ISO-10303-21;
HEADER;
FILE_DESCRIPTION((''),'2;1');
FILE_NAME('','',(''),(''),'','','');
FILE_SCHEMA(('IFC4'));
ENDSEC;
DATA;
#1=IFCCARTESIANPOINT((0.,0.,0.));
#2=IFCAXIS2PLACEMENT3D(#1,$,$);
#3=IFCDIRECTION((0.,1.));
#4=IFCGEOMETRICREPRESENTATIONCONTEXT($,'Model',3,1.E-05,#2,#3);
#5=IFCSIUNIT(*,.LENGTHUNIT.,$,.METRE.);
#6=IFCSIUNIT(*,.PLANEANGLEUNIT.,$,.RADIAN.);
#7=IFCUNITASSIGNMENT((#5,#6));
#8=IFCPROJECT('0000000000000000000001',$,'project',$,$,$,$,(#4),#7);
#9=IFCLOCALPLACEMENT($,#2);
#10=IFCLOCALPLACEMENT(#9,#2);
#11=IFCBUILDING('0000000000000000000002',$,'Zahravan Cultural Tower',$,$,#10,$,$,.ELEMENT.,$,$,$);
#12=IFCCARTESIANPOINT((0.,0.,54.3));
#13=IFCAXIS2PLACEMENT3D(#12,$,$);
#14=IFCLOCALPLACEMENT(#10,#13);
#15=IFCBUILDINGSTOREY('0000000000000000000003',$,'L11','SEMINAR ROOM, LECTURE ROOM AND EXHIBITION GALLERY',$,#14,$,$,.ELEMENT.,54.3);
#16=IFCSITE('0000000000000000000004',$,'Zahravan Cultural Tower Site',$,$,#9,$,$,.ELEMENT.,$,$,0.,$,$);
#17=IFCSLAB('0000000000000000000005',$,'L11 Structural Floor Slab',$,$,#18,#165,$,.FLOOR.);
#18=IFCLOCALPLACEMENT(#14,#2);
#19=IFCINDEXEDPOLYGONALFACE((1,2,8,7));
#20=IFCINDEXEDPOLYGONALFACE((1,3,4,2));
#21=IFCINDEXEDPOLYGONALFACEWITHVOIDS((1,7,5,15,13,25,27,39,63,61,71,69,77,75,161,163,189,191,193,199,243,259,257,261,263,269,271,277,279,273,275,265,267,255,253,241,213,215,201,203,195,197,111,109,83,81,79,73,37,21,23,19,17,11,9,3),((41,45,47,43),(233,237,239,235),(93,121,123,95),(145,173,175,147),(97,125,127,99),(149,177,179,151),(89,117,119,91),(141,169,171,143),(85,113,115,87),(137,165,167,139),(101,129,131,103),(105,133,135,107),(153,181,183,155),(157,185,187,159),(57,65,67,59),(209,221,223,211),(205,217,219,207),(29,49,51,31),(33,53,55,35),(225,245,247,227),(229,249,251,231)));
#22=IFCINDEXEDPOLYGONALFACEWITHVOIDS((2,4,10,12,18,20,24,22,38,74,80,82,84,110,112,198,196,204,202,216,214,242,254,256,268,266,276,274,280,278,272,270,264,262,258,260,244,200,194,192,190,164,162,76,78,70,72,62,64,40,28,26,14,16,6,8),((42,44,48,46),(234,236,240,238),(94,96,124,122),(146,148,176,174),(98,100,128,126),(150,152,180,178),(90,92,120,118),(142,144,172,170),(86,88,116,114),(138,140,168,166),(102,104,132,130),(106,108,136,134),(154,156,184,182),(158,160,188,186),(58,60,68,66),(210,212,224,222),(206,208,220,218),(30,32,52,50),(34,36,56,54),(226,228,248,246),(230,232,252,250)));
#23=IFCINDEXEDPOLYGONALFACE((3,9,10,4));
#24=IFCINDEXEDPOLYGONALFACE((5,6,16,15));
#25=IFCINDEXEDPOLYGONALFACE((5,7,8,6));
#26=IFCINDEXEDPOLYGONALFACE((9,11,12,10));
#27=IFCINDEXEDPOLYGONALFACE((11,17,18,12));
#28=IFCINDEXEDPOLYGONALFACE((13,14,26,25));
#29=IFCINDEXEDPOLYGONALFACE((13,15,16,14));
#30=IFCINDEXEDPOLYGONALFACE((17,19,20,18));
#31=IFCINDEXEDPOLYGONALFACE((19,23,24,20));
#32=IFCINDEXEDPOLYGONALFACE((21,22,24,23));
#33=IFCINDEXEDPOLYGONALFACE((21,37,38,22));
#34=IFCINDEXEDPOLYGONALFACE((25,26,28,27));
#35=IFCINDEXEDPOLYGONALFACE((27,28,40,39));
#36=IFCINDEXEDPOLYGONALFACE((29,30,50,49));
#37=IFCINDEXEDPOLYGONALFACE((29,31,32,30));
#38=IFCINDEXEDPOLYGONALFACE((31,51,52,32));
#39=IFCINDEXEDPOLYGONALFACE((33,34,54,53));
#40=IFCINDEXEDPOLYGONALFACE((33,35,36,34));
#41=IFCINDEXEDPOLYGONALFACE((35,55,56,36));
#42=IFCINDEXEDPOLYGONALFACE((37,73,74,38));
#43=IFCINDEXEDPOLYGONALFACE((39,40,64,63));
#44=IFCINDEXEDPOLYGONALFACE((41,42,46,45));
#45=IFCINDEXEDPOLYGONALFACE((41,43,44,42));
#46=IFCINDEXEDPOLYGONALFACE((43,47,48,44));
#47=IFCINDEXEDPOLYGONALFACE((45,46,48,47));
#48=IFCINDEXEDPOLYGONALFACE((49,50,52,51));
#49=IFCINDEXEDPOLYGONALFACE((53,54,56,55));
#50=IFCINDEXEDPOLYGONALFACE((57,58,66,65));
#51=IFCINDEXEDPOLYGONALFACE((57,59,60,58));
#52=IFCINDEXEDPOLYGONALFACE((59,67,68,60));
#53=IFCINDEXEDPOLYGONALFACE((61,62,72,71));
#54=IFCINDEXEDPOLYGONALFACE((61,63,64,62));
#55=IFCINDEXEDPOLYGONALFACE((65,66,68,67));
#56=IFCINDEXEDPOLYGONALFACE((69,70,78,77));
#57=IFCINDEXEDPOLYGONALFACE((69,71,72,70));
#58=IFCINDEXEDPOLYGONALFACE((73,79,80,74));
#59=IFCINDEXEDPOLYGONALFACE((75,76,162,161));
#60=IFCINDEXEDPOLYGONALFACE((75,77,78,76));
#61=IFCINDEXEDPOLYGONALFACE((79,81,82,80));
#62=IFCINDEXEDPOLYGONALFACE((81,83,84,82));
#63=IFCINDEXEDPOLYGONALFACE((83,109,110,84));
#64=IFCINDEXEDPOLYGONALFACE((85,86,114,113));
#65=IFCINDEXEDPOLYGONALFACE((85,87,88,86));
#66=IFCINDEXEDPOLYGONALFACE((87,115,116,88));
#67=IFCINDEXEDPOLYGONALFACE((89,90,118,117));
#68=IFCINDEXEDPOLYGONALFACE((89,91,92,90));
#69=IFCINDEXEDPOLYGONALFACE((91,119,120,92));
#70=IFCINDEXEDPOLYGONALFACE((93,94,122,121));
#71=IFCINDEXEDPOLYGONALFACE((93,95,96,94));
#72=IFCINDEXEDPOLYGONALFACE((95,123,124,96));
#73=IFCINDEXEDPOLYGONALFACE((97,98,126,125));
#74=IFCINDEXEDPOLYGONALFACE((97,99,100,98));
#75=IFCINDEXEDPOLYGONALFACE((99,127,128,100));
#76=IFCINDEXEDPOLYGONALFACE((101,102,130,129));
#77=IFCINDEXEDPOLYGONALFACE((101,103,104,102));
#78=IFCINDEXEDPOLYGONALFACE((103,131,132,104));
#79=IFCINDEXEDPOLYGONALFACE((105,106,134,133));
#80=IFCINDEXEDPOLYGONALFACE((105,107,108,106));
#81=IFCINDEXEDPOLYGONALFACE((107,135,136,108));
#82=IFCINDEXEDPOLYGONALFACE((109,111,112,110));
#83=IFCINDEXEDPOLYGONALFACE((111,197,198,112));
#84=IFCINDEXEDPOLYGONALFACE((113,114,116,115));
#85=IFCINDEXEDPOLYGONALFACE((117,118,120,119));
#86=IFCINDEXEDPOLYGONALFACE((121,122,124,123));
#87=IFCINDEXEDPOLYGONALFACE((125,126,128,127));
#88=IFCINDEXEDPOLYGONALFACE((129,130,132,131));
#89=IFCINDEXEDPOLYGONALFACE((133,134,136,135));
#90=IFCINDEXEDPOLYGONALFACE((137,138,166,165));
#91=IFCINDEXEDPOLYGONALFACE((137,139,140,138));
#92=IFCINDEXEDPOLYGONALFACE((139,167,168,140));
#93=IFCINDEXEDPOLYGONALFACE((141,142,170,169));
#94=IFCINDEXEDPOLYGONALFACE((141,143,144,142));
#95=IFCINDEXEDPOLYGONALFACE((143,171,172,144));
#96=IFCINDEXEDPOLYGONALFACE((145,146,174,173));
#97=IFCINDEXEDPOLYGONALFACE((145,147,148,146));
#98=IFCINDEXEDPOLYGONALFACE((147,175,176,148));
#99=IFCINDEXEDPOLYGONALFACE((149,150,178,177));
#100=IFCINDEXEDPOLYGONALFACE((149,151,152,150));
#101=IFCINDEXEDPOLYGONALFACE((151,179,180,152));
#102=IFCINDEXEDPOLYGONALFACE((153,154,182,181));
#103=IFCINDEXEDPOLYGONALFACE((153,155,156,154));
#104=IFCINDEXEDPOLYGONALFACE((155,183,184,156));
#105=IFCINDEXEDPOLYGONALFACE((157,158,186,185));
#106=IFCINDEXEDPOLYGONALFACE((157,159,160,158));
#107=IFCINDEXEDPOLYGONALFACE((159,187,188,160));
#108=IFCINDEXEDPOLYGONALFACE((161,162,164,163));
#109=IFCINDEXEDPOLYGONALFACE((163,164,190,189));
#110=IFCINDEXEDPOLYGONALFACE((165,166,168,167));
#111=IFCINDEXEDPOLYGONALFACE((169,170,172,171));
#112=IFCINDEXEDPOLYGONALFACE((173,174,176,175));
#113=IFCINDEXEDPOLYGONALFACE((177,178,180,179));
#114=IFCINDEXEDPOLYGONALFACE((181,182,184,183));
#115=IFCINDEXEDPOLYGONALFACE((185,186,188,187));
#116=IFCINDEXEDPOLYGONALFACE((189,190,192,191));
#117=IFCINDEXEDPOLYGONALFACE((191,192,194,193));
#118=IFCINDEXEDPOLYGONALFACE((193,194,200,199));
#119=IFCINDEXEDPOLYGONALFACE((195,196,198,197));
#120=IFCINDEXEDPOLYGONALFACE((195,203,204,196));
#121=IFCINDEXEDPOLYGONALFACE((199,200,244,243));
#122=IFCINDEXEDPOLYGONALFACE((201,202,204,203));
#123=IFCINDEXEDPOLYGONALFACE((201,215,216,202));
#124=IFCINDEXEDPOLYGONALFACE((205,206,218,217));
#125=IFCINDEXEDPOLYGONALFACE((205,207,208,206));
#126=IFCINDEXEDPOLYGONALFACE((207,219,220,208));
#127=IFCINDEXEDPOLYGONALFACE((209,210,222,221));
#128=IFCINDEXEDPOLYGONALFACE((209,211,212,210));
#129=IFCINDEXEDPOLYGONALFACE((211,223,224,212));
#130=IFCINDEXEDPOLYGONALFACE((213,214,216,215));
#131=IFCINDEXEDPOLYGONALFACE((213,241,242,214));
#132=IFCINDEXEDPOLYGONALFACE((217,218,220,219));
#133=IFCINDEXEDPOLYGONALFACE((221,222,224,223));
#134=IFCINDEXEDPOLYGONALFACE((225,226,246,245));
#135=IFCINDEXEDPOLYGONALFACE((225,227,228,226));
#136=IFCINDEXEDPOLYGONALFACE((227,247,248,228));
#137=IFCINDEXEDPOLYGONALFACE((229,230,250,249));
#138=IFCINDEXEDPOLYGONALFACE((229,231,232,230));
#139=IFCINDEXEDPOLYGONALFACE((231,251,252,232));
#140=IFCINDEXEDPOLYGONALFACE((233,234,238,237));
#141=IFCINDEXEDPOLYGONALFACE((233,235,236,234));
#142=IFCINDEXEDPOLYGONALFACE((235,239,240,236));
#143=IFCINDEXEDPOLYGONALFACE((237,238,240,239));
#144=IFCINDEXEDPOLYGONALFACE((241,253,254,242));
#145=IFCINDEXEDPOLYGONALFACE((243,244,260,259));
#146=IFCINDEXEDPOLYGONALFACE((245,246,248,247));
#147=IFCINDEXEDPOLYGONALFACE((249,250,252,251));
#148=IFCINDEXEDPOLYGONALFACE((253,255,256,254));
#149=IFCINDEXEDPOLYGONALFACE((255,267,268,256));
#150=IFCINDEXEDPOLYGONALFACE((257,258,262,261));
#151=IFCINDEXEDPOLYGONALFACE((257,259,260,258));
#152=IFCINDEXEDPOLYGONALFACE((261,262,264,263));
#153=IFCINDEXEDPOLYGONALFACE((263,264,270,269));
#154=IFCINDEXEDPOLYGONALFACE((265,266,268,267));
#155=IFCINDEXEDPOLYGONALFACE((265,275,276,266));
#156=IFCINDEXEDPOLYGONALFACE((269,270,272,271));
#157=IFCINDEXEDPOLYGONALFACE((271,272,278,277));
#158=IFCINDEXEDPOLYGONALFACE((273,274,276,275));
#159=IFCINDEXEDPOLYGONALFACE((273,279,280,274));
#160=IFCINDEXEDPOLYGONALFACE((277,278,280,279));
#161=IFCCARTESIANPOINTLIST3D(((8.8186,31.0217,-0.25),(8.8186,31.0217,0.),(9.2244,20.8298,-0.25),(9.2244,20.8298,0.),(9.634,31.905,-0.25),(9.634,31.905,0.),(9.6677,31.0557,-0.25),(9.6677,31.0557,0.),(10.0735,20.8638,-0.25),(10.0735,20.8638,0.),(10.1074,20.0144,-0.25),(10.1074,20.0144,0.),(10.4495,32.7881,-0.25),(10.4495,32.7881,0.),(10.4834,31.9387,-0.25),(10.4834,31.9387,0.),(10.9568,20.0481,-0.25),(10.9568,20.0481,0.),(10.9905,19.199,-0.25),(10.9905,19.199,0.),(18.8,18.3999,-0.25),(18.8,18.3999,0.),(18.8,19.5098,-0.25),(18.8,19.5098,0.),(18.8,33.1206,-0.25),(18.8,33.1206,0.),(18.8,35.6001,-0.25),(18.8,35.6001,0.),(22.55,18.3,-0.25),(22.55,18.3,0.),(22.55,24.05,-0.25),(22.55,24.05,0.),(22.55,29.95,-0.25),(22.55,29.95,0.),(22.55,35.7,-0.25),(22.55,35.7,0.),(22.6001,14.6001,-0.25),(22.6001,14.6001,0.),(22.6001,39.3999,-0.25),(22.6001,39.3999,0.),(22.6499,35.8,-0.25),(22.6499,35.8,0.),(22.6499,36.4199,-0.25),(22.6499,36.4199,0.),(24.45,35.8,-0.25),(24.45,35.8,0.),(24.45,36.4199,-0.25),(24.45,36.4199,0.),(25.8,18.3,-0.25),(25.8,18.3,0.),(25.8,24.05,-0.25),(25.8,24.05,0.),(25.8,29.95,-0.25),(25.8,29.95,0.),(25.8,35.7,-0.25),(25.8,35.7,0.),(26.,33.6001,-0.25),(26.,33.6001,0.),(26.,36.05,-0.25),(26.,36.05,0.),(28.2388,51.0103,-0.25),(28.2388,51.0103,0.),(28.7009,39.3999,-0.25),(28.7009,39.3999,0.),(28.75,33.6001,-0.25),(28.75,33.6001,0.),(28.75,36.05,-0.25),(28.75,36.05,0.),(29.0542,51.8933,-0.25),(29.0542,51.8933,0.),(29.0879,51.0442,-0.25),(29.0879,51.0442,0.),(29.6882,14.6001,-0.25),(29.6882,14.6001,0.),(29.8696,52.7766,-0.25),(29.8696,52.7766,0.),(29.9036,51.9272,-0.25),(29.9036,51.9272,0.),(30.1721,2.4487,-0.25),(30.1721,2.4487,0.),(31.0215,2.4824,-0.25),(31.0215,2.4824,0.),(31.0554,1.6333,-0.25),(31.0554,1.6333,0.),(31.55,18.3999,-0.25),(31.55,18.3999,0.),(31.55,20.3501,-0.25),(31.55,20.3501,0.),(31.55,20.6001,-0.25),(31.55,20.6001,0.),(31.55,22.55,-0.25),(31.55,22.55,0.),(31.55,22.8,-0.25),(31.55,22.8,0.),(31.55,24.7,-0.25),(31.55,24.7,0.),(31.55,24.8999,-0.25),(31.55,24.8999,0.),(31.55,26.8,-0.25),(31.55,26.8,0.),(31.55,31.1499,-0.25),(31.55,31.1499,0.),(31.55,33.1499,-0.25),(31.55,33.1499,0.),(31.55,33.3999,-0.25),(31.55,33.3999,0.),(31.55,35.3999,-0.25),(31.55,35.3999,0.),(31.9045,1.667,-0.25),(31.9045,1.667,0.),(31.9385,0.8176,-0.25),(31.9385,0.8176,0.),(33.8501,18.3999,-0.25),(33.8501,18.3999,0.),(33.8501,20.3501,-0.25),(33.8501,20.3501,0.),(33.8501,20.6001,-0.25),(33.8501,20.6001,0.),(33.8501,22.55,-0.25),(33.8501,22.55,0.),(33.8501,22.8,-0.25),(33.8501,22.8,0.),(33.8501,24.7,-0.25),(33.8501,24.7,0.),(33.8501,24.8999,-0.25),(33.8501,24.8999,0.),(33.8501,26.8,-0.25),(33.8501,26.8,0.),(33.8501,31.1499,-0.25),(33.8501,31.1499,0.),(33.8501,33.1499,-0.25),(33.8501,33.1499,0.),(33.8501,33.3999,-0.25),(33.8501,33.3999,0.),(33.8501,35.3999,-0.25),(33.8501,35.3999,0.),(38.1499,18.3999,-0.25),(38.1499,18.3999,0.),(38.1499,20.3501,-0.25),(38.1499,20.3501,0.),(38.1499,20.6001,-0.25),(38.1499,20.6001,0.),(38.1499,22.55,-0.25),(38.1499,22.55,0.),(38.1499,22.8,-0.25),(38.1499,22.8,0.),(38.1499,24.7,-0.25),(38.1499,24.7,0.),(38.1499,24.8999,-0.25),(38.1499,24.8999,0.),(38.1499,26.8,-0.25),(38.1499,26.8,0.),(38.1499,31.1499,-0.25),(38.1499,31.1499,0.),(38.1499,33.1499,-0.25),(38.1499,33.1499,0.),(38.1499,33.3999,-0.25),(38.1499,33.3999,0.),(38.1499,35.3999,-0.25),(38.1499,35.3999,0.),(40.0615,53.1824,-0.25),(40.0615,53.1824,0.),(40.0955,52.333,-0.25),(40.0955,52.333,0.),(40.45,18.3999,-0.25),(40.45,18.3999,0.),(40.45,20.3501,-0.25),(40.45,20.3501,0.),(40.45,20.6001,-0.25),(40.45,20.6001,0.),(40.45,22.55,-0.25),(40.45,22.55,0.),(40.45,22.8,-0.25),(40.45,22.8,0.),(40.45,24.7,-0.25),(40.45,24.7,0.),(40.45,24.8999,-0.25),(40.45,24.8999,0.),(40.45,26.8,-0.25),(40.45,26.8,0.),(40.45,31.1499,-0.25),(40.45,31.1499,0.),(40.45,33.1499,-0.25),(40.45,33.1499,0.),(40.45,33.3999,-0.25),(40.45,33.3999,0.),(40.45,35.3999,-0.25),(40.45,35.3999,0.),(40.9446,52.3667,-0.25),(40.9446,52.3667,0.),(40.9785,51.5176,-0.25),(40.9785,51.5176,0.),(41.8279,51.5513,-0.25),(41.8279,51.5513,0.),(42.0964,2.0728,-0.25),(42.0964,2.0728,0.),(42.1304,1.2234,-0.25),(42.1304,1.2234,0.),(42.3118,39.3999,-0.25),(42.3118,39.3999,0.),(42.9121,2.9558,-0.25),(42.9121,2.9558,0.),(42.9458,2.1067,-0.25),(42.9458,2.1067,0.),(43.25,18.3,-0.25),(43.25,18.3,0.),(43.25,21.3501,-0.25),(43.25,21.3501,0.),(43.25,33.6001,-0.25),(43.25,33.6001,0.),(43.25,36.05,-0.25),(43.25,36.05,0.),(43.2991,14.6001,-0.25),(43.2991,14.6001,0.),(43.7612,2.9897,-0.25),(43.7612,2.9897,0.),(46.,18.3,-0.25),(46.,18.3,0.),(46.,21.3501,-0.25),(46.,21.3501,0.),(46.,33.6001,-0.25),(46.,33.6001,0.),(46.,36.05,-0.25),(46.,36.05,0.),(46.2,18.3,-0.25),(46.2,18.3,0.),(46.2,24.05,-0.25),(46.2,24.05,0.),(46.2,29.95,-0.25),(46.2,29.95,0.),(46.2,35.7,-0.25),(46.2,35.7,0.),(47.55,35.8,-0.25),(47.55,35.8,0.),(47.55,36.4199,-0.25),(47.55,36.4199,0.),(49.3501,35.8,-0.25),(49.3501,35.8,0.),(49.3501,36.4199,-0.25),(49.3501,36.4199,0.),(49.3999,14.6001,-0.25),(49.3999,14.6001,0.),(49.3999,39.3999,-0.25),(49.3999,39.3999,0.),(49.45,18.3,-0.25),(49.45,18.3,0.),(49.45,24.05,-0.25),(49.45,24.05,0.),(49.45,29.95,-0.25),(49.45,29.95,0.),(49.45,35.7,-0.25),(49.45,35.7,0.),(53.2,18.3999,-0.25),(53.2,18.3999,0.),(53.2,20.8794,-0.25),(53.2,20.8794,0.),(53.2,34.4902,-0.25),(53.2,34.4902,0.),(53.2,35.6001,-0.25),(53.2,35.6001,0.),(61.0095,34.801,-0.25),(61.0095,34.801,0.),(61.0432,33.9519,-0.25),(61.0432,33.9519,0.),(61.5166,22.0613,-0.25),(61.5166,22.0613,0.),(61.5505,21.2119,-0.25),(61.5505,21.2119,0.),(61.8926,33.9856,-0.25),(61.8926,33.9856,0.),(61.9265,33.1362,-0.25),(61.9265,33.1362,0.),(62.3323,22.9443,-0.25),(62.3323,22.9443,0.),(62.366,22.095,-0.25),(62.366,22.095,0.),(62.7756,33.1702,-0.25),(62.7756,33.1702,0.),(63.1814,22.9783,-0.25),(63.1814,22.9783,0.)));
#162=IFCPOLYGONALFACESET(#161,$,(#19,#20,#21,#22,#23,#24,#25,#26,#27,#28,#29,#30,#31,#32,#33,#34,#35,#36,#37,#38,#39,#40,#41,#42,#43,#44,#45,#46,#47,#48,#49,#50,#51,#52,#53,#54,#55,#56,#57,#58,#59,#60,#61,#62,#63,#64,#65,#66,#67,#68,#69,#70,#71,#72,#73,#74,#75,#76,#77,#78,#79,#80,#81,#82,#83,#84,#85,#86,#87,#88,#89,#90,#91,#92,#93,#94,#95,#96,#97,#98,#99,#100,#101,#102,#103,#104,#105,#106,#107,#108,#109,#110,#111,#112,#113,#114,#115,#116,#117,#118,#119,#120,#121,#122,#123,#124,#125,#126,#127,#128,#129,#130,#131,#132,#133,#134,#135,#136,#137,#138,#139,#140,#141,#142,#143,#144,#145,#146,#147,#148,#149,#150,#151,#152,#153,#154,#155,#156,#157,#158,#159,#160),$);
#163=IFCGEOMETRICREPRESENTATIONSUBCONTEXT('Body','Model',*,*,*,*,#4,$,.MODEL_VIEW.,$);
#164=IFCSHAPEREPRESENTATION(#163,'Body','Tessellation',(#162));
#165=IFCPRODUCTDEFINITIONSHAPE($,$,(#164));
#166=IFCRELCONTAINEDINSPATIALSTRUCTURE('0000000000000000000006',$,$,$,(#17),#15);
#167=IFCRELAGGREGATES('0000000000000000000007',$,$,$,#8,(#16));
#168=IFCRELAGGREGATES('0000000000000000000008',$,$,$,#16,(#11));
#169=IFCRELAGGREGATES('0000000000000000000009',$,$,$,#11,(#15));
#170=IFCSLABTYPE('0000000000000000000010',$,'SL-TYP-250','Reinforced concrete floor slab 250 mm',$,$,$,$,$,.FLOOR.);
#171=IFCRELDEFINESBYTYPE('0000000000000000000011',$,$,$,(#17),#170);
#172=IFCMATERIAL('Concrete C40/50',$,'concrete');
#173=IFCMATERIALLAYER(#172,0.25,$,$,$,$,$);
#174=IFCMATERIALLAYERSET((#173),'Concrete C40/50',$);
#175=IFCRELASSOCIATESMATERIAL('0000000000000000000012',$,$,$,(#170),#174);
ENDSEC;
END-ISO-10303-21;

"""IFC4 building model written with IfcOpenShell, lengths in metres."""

from ifc_helpers import new_model, si_unit, direction, frame, origin, place, context, subcontext, project, spatial, polyline, outline, extrude, material, layer, layer_set, type_object, element, save


model = new_model("IFC4")

# Units and contexts
model_context = context("Model", 3, precision=1e-05, world=origin(), true_north=direction((0.0, 1.0)))
body_context = subcontext(model_context, "Body", "Model", "MODEL_VIEW")
ifc_project = project(units=[si_unit("LENGTHUNIT", "METRE"), si_unit("PLANEANGLEUNIT", "RADIAN")], contexts=[model_context])

# Site, building, storey
site_placement = place(None, origin())
site = spatial("IfcSite", under=ifc_project, at=site_placement, Name="Zahravan Cultural Tower Site", CompositionType="ELEMENT", RefElevation=0.0)
building_placement = place(site_placement, origin())
building = spatial("IfcBuilding", under=site, at=building_placement, Name="Zahravan Cultural Tower", CompositionType="ELEMENT")
storey_placement = place(building_placement, frame((0.0, 0.0, 54.3)))
storey = spatial("IfcBuildingStorey", under=building, at=storey_placement, Name="L11", Description="SEMINAR ROOM, LECTURE ROOM AND EXHIBITION GALLERY", CompositionType="ELEMENT", Elevation=54.3)

# Slab
ifc_material_1 = material(Name="Concrete C40/50", Category="concrete")
ifc_layer_1 = layer(ifc_material_1, 0.25)
ifc_layer_set_1 = layer_set([ifc_layer_1], Name="Concrete C40/50")
slab_type_1 = type_object("IfcSlabType", Name="SL-TYP-250", Description="Reinforced concrete floor slab 250 mm", PredefinedType="FLOOR", material=ifc_layer_set_1)
slab_1_placement = place(storey_placement, frame((0.0, 0.0, -0.25)))
element("IfcSlab", 1, at=slab_1_placement, inside=storey, type_object=slab_type_1, Name="L11 Structural Floor Slab", PredefinedType="FLOOR", context=body_context, shape_type="SweptSolid", body=[
    extrude(outline(polyline([(53.2, 34.4902), (53.2, 35.6001), (49.3999, 39.3999), (42.3118, 39.3999), (41.8279, 51.5513), (40.9785, 51.5176), (40.9446, 52.3667), (40.0955, 52.333), (40.0615, 53.1824), (29.8696, 52.7766), (29.9036, 51.9272), (29.0542, 51.8933), (29.0879, 51.0442), (28.2388, 51.0103), (28.7009, 39.3999), (22.6001, 39.3999), (18.8, 35.6001), (18.8, 33.1206), (10.4495, 32.7881), (10.4834, 31.9387), (9.634, 31.905), (9.6677, 31.0557), (8.8186, 31.0217), (9.2244, 20.8298), (10.0735, 20.8638), (10.1074, 20.0144), (10.9568, 20.0481), (10.9905, 19.199), (18.8, 19.5098), (18.8, 18.3999), (22.6001, 14.6001), (29.6882, 14.6001), (30.1721, 2.4487), (31.0215, 2.4824), (31.0554, 1.6333), (31.9045, 1.667), (31.9385, 0.8176), (42.1304, 1.2234), (42.0964, 2.0728), (42.9458, 2.1067), (42.9121, 2.9558), (43.7612, 2.9897), (43.2991, 14.6001), (49.3999, 14.6001), (53.2, 18.3999), (53.2, 20.8794), (61.5505, 21.2119), (61.5166, 22.0613), (62.366, 22.095), (62.3323, 22.9443), (63.1814, 22.9783), (62.7756, 33.1702), (61.9265, 33.1362), (61.8926, 33.9856), (61.0432, 33.9519), (61.0095, 34.801), (53.2, 34.4902)]), holes=[polyline([(22.55, 29.95), (22.55, 35.7), (25.8, 35.7), (25.8, 29.95), (22.55, 29.95)]), polyline([(22.55, 18.3), (22.55, 24.05), (25.8, 24.05), (25.8, 18.3), (22.55, 18.3)]), polyline([(46.2, 29.95), (46.2, 35.7), (49.45, 35.7), (49.45, 29.95), (46.2, 29.95)]), polyline([(46.2, 18.3), (46.2, 24.05), (49.45, 24.05), (49.45, 18.3), (46.2, 18.3)]), polyline([(26.0, 33.6001), (26.0, 36.05), (28.75, 36.05), (28.75, 33.6001), (26.0, 33.6001)]), polyline([(43.25, 33.6001), (43.25, 36.05), (46.0, 36.05), (46.0, 33.6001), (43.25, 33.6001)]), polyline([(43.25, 18.3), (43.25, 21.3501), (46.0, 21.3501), (46.0, 18.3), (43.25, 18.3)]), polyline([(31.55, 33.3999), (31.55, 35.3999), (33.8501, 35.3999), (33.8501, 33.3999), (31.55, 33.3999)]), polyline([(31.55, 31.1499), (31.55, 33.1499), (33.8501, 33.1499), (33.8501, 31.1499), (31.55, 31.1499)]), polyline([(38.1499, 33.3999), (38.1499, 35.3999), (40.45, 35.3999), (40.45, 33.3999), (38.1499, 33.3999)]), polyline([(38.1499, 31.1499), (38.1499, 33.1499), (40.45, 33.1499), (40.45, 31.1499), (38.1499, 31.1499)]), polyline([(31.55, 20.6001), (31.55, 22.55), (33.8501, 22.55), (33.8501, 20.6001), (31.55, 20.6001)]), polyline([(31.55, 18.3999), (31.55, 20.3501), (33.8501, 20.3501), (33.8501, 18.3999), (31.55, 18.3999)]), polyline([(38.1499, 20.6001), (38.1499, 22.55), (40.45, 22.55), (40.45, 20.6001), (38.1499, 20.6001)]), polyline([(38.1499, 18.3999), (38.1499, 20.3501), (40.45, 20.3501), (40.45, 18.3999), (38.1499, 18.3999)]), polyline([(31.55, 24.8999), (31.55, 26.8), (33.8501, 26.8), (33.8501, 24.8999), (31.55, 24.8999)]), polyline([(31.55, 22.8), (31.55, 24.7), (33.8501, 24.7), (33.8501, 22.8), (31.55, 22.8)]), polyline([(38.1499, 24.8999), (38.1499, 26.8), (40.45, 26.8), (40.45, 24.8999), (38.1499, 24.8999)]), polyline([(38.1499, 22.8), (38.1499, 24.7), (40.45, 24.7), (40.45, 22.8), (38.1499, 22.8)]), polyline([(22.6499, 35.8), (22.6499, 36.4199), (24.45, 36.4199), (24.45, 35.8), (22.6499, 35.8)]), polyline([(47.55, 35.8), (47.55, 36.4199), (49.3501, 36.4199), (49.3501, 35.8), (47.55, 35.8)])]), origin(), (0.0, 0.0, 1.0), 0.25),
])

save(model, "model.ifc")
